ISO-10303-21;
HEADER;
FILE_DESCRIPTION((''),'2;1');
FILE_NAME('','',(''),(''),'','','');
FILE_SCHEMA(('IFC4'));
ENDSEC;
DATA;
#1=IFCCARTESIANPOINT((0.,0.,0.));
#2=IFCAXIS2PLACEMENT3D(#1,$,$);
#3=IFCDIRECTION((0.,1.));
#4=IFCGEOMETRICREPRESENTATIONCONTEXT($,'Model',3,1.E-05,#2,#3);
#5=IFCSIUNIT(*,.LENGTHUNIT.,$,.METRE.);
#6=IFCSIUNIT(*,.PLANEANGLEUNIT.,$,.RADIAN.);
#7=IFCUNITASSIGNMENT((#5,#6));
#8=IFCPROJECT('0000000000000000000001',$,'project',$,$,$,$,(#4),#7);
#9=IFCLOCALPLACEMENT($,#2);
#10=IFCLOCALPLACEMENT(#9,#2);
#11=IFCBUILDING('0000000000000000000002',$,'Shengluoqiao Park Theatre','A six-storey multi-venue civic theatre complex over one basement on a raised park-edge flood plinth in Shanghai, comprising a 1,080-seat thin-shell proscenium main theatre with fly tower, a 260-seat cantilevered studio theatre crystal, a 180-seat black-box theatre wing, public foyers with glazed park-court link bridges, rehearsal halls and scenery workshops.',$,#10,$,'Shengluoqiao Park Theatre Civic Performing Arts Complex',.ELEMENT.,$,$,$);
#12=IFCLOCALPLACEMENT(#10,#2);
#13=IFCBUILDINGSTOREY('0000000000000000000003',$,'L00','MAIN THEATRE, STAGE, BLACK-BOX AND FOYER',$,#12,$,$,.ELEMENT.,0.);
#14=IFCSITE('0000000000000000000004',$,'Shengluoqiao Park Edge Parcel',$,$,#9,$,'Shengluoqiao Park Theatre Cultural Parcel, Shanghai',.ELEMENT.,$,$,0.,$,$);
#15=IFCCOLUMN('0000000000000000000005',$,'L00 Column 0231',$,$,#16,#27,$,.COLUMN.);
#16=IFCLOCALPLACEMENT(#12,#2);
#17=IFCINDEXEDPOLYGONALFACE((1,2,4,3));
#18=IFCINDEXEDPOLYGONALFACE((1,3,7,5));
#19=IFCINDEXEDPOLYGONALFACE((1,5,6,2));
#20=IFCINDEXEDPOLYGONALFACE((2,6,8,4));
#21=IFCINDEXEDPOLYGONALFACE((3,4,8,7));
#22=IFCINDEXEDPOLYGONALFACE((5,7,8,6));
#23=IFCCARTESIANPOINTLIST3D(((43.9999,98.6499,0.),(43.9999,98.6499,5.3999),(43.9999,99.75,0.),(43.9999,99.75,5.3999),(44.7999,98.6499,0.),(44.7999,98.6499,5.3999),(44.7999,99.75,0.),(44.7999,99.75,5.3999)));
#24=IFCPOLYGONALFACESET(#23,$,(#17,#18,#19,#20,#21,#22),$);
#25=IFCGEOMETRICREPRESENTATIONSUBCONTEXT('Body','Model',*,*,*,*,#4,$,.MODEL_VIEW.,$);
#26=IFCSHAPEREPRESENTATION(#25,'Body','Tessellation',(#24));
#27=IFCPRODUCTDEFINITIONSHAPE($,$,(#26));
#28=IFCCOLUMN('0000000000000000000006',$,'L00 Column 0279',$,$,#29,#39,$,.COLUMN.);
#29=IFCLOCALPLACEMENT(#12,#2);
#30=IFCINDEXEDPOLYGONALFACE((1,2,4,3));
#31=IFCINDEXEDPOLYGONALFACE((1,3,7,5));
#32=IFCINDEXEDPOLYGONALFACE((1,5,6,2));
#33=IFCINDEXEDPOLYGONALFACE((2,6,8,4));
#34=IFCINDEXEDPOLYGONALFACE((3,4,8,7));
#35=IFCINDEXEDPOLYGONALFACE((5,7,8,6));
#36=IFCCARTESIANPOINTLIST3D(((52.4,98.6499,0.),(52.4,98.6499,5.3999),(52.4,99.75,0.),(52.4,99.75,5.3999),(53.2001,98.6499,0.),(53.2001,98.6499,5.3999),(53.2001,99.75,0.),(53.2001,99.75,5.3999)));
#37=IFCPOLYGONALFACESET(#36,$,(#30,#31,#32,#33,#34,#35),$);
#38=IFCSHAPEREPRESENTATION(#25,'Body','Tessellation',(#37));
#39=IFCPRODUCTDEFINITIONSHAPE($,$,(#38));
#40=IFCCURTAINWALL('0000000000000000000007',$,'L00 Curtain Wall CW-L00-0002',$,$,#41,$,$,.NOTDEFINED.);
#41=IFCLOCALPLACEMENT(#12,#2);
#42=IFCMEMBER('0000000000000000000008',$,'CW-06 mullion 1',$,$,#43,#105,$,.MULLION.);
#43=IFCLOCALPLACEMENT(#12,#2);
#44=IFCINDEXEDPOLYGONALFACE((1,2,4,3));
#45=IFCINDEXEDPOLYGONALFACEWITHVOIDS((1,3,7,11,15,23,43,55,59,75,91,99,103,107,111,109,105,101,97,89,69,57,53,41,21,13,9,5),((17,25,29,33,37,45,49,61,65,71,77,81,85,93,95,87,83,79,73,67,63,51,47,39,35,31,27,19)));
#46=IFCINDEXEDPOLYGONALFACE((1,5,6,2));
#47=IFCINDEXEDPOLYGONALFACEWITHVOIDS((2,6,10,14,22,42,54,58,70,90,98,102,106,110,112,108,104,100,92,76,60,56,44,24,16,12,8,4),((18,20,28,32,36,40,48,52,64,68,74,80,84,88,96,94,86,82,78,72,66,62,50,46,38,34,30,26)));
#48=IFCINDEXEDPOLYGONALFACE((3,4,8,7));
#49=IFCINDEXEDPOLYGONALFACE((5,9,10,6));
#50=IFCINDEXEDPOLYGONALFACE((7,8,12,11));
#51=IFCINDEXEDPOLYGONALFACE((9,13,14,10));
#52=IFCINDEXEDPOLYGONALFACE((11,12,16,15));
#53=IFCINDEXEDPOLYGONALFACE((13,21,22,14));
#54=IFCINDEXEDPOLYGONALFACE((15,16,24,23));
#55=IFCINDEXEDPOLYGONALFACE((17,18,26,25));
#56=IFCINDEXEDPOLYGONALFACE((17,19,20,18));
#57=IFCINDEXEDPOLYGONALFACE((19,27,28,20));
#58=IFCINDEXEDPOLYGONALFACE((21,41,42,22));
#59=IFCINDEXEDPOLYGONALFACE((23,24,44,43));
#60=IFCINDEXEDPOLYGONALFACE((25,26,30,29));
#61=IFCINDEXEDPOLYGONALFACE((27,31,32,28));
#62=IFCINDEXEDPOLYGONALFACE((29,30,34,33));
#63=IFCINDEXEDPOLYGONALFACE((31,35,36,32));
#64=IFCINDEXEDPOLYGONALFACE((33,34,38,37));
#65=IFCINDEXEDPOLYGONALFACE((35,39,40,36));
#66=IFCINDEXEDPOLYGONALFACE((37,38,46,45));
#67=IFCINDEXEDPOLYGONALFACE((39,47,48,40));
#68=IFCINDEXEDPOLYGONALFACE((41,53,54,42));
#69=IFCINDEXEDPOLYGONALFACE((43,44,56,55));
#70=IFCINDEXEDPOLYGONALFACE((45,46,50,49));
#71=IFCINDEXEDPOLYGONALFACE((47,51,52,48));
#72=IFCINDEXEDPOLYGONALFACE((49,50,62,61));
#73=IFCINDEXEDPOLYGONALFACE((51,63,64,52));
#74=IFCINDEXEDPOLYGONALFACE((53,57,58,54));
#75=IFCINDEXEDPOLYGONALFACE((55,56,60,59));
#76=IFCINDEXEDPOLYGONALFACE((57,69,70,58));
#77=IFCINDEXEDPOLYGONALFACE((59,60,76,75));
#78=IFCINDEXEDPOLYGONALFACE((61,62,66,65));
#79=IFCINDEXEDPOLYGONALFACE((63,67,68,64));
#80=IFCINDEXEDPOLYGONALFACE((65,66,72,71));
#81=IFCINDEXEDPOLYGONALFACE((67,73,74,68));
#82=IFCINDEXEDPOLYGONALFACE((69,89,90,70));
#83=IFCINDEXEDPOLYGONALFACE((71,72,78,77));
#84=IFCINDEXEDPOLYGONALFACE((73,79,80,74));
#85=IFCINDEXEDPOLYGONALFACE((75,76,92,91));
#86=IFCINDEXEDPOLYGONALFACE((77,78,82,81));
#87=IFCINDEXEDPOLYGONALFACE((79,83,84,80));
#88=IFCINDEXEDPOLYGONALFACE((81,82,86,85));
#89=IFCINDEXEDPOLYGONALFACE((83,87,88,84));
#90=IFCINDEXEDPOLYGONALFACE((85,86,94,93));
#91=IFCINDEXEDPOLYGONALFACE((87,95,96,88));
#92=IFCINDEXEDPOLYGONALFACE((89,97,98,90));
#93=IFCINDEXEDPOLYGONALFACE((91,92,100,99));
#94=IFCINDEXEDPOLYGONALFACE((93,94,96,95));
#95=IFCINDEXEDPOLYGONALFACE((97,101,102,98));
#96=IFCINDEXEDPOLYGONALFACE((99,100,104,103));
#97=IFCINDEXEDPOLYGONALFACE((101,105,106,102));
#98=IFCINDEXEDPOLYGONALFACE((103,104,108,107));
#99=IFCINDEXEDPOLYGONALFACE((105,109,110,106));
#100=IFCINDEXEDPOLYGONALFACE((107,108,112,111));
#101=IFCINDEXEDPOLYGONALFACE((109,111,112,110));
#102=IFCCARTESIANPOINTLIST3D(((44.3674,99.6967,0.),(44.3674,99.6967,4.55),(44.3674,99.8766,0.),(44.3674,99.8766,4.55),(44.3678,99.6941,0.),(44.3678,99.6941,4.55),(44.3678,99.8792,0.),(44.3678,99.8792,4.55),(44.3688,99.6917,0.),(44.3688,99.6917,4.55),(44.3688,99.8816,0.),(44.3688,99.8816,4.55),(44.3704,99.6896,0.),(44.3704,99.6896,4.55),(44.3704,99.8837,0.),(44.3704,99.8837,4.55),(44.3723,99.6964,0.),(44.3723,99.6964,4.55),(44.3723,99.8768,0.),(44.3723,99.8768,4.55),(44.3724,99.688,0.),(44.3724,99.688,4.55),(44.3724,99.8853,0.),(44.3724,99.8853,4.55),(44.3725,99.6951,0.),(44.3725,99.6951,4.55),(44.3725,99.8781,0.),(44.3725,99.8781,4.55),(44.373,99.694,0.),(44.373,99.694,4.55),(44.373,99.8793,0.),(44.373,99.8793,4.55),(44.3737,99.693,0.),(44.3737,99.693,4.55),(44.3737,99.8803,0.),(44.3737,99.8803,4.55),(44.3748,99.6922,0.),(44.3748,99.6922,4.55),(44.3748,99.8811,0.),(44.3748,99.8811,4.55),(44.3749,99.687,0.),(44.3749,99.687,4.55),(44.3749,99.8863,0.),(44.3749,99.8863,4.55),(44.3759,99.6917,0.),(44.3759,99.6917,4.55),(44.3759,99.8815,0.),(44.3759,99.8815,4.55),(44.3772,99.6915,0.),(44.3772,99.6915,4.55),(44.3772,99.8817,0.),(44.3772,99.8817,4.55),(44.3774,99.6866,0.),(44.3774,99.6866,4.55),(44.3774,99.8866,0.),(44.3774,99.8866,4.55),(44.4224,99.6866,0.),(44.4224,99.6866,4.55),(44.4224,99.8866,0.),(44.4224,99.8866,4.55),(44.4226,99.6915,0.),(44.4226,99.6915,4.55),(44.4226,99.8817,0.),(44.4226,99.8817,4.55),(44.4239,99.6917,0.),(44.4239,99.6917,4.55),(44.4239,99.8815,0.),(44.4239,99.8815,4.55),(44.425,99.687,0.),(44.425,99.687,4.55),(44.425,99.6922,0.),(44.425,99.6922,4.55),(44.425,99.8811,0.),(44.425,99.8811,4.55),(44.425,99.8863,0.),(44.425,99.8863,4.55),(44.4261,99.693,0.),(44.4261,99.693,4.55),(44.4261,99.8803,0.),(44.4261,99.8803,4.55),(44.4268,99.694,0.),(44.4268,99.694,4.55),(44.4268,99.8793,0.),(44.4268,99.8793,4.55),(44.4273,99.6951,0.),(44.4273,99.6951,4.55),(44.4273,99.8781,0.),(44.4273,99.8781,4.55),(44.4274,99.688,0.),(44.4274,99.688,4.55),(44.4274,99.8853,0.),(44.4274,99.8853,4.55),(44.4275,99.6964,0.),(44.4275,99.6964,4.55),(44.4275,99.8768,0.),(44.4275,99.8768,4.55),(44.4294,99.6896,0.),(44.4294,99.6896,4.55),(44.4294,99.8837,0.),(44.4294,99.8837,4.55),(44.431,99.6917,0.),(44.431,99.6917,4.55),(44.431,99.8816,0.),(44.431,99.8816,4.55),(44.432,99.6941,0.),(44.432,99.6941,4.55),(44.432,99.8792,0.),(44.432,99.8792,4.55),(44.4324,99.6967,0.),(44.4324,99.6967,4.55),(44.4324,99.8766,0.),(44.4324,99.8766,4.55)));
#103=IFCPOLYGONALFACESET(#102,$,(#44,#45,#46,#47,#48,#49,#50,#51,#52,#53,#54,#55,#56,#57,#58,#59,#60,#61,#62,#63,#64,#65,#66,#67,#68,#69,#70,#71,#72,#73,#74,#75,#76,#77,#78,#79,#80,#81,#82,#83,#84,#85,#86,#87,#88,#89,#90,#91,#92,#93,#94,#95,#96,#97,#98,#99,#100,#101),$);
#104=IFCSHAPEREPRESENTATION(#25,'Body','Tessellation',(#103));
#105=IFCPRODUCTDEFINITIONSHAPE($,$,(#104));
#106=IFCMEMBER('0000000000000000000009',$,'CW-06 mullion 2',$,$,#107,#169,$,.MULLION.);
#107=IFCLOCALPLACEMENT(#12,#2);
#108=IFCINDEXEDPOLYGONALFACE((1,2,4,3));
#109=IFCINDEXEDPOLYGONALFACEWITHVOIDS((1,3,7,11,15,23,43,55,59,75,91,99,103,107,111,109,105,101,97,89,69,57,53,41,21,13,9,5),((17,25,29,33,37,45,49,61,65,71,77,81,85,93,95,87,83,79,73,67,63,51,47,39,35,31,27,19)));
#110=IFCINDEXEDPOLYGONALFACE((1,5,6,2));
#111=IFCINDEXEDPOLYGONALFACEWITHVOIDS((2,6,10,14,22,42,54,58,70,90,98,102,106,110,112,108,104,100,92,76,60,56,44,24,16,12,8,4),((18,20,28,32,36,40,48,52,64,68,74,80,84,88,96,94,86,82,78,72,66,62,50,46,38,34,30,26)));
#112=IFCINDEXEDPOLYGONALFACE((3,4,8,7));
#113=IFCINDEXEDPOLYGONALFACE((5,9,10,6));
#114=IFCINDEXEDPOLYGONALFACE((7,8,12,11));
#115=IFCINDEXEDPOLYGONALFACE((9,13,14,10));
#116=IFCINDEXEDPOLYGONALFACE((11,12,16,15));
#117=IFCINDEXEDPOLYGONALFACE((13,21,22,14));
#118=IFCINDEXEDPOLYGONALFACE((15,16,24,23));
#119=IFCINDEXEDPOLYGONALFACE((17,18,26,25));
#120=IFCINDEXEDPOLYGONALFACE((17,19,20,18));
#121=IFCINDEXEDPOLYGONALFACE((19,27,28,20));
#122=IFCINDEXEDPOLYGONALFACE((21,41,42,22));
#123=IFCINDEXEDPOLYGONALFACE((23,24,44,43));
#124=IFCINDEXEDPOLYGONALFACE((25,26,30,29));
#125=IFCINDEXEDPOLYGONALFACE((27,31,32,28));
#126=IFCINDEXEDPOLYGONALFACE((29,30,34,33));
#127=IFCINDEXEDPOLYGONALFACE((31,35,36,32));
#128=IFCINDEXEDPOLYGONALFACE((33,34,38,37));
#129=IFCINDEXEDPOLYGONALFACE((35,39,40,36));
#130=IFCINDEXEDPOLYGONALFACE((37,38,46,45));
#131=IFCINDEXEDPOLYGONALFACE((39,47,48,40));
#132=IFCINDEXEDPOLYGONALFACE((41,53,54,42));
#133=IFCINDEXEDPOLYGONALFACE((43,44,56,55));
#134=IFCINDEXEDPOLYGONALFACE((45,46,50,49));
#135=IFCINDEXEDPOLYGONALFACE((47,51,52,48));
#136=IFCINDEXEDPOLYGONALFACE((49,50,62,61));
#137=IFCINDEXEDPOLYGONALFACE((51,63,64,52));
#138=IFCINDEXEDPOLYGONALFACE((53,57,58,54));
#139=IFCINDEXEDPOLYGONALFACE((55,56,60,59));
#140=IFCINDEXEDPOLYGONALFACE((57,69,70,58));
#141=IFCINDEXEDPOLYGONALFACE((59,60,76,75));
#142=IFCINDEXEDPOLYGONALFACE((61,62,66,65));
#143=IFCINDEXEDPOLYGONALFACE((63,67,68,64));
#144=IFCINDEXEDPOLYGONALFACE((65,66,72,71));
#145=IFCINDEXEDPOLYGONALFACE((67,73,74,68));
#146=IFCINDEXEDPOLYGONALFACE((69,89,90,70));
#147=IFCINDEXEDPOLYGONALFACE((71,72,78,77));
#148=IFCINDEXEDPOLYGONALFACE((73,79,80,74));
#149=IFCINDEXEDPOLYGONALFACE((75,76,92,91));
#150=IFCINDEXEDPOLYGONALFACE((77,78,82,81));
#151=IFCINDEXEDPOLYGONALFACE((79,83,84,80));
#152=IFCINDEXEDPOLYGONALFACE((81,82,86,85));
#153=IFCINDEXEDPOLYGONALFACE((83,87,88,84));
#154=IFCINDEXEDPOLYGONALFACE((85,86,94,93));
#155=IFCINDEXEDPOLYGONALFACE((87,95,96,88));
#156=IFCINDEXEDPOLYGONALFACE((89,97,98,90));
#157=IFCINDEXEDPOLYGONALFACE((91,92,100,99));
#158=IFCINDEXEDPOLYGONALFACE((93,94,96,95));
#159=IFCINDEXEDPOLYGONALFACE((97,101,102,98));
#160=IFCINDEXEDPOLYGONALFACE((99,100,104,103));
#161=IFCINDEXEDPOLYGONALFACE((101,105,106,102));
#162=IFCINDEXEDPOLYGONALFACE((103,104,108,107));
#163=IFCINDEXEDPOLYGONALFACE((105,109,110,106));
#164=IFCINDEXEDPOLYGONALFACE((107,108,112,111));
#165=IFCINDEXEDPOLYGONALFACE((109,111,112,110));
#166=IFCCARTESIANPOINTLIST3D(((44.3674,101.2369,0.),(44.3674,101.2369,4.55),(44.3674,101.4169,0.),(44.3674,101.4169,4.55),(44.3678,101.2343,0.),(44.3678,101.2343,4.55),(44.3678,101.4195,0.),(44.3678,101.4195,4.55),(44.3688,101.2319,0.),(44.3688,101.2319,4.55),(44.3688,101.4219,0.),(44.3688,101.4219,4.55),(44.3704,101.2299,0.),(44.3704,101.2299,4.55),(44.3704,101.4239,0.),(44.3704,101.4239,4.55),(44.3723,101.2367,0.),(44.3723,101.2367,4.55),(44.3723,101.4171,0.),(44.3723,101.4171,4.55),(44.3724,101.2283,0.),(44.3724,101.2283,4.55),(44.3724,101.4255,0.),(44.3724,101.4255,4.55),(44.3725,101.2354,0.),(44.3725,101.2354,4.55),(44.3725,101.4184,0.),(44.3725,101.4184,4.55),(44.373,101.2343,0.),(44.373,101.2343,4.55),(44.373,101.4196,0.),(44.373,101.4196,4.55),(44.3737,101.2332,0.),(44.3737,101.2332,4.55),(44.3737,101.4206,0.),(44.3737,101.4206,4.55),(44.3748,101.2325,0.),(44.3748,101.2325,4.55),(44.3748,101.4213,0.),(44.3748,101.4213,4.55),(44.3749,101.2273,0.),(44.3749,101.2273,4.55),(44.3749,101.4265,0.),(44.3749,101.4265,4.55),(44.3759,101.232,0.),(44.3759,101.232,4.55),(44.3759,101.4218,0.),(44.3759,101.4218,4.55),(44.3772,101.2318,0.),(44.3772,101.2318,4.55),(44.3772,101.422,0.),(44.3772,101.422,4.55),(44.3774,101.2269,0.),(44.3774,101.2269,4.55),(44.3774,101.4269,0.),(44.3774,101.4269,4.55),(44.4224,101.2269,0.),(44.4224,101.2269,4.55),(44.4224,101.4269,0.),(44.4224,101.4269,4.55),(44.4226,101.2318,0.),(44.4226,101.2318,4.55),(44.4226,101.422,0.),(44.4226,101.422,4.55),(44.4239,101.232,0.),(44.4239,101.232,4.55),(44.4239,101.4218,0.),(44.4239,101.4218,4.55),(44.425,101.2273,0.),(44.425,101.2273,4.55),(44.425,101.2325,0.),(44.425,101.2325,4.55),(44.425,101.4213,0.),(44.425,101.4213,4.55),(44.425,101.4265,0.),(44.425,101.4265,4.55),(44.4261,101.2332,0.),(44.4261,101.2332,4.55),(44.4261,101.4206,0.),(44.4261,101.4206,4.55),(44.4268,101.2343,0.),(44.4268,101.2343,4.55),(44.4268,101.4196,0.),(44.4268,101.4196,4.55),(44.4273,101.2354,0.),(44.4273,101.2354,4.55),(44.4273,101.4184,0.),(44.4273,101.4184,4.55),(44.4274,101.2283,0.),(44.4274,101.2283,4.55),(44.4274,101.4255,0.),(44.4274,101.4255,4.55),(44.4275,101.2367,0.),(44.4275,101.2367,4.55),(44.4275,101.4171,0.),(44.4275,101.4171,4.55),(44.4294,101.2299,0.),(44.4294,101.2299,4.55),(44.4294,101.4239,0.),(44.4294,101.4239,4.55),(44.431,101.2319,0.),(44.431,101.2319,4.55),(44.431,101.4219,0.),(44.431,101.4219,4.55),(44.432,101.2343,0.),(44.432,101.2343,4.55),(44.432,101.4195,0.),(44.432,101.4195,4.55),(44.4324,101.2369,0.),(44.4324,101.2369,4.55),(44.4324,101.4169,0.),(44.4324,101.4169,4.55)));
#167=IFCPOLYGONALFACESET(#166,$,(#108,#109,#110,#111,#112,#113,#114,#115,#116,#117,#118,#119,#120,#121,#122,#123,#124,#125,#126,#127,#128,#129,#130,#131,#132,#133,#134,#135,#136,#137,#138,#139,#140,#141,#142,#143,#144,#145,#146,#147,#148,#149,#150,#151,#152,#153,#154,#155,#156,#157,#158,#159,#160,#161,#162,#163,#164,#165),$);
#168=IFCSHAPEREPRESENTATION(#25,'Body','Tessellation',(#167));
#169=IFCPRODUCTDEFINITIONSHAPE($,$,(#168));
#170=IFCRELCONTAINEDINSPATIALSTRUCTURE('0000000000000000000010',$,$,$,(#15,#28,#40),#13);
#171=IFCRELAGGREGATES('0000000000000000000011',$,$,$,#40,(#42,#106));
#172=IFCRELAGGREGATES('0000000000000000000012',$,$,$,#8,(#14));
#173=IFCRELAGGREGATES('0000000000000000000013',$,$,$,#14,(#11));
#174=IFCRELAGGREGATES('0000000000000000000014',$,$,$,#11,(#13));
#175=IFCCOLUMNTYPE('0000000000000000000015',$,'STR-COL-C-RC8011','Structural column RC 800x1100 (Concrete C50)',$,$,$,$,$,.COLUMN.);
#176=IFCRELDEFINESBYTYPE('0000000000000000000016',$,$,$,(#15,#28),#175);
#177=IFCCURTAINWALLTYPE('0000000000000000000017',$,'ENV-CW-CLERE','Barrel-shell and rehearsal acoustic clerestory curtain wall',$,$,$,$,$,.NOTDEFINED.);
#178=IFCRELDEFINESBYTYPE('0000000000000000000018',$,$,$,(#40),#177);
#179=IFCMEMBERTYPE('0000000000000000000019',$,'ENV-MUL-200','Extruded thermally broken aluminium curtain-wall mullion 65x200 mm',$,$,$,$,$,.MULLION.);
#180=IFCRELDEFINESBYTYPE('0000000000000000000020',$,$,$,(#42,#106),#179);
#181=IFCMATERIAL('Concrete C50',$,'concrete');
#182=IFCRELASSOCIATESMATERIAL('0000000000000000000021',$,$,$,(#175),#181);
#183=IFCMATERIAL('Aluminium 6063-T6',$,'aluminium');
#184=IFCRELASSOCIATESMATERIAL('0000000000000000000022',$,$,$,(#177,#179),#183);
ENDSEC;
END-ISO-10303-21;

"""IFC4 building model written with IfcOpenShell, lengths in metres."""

from ifc_helpers import new_model, si_unit, direction, frame, origin, origin_2d, place, context, subcontext, project, spatial, rectangle, hollow_rectangle, extrude, material, material_profile, profile_set, type_object, element, aggregate, save


model = new_model("IFC4")

# Units and contexts
model_context = context("Model", 3, precision=1e-05, world=origin(), true_north=direction((0.0, 1.0)))
body_context = subcontext(model_context, "Body", "Model", "MODEL_VIEW")
ifc_project = project(units=[si_unit("LENGTHUNIT", "METRE"), si_unit("PLANEANGLEUNIT", "RADIAN")], contexts=[model_context])

# Site, building, storey
site_placement = place(None, origin())
site = spatial("IfcSite", under=ifc_project, at=site_placement, Name="Shengluoqiao Park Edge Parcel", LongName="Shengluoqiao Park Theatre Cultural Parcel, Shanghai", CompositionType="ELEMENT", RefElevation=0.0)
building_placement = place(site_placement, origin())
building = spatial("IfcBuilding", under=site, at=building_placement, Name="Shengluoqiao Park Theatre", Description="A six-storey multi-venue civic theatre complex over one basement on a raised park-edge flood plinth in Shanghai, comprising a 1,080-seat thin-shell proscenium main theatre with fly tower, a 260-seat cantilevered studio theatre crystal, a 180-seat black-box theatre wing, public foyers with glazed park-court link bridges, rehearsal halls and scenery workshops.", LongName="Shengluoqiao Park Theatre Civic Performing Arts Complex", CompositionType="ELEMENT")
storey_placement = place(building_placement, origin())
storey = spatial("IfcBuildingStorey", under=building, at=storey_placement, Name="L00", Description="MAIN THEATRE, STAGE, BLACK-BOX AND FOYER", CompositionType="ELEMENT", Elevation=0.0)

# Columns
ifc_material_1 = material(Name="Concrete C50", Category="concrete")
ifc_material_profile_1 = material_profile(ifc_material_1, rectangle(XDim=0.8, YDim=1.1001, at=origin_2d()), Name="RC 800x1100")
ifc_profile_set_1 = profile_set([ifc_material_profile_1], Name="Concrete C50")
column_type = type_object("IfcColumnType", Name="STR-COL-C-RC8011", Description="Structural column RC 800x1100 (Concrete C50)", PredefinedType="COLUMN", material=ifc_profile_set_1)
for number, where, z_axis, x_axis, name in (
    (1, (44.3999, 99.2, 0.0), (0.0, 0.0, 1.0), (1.0, 0.0, 0.0), "L00 Column 0231"),
    (2, (52.8, 99.2, 0.0), (0.0, 0.0, 1.0), (1.0, 0.0, 0.0), "L00 Column 0279"),
):
    element("IfcColumn", number, at=place(storey_placement, frame(where, z_axis=z_axis, x_axis=x_axis)), inside=storey, type_object=column_type, Name=name, PredefinedType="COLUMN", context=body_context, shape_type="SweptSolid", body=[
        extrude(rectangle(XDim=0.8, YDim=1.1001, at=origin_2d()), origin(), (0.0, 0.0, 1.0), 5.3999),
    ])

# Curtain wall, members
ifc_material_2 = material(Name="Aluminium 6063-T6", Category="aluminium")
curtain_wall_type = type_object("IfcCurtainWallType", Name="ENV-CW-CLERE", Description="Barrel-shell and rehearsal acoustic clerestory curtain wall", PredefinedType="NOTDEFINED", material=ifc_material_2)
curtain_wall_placement = place(storey_placement, origin())
curtain_wall = element("IfcCurtainWall", 3, at=curtain_wall_placement, inside=storey, type_object=curtain_wall_type, Name="L00 Curtain Wall CW-L00-0002", PredefinedType="NOTDEFINED")
ifc_material_profile_2 = material_profile(ifc_material_2, hollow_rectangle(XDim=0.0649, YDim=0.2, WallThickness=0.0049, InnerFilletRadius=0.0049, OuterFilletRadius=0.01, at=origin_2d()), Name="ALU MULLION 200x65x5")
ifc_profile_set_2 = profile_set([ifc_material_profile_2], Name="Aluminium 6063-T6")
member_type_1 = type_object("IfcMemberType", Name="ENV-MUL-200", Description="Extruded thermally broken aluminium curtain-wall mullion 65x200 mm", PredefinedType="MULLION", material=ifc_profile_set_2)
member_1_placement = place(storey_placement, frame((44.3999, 99.7866, 0.0), z_axis=(0.0, 0.0, 1.0), x_axis=(-1.0, 0.0, 0.0)))
member_1 = element("IfcMember", 4, at=member_1_placement, type_object=member_type_1, Name="CW-06 mullion 1", PredefinedType="MULLION", context=body_context, shape_type="SweptSolid", body=[
    extrude(hollow_rectangle(XDim=0.0649, YDim=0.2, WallThickness=0.0049, InnerFilletRadius=0.0049, OuterFilletRadius=0.01, at=origin_2d()), origin(), (0.0, 0.0, 1.0), 4.55),
])
member_2_placement = place(storey_placement, frame((44.3999, 101.3269, 0.0), z_axis=(0.0, 0.0, 1.0), x_axis=(-1.0, 0.0, 0.0)))
member_2 = element("IfcMember", 5, at=member_2_placement, type_object=member_type_1, Name="CW-06 mullion 2", PredefinedType="MULLION", context=body_context, shape_type="SweptSolid", body=[
    extrude(hollow_rectangle(XDim=0.0649, YDim=0.2, WallThickness=0.0049, InnerFilletRadius=0.0049, OuterFilletRadius=0.01, at=origin_2d()), origin(), (0.0, 0.0, 1.0), 4.55),
])
aggregate(curtain_wall, [member_1, member_2])

save(model, "model.ifc")
